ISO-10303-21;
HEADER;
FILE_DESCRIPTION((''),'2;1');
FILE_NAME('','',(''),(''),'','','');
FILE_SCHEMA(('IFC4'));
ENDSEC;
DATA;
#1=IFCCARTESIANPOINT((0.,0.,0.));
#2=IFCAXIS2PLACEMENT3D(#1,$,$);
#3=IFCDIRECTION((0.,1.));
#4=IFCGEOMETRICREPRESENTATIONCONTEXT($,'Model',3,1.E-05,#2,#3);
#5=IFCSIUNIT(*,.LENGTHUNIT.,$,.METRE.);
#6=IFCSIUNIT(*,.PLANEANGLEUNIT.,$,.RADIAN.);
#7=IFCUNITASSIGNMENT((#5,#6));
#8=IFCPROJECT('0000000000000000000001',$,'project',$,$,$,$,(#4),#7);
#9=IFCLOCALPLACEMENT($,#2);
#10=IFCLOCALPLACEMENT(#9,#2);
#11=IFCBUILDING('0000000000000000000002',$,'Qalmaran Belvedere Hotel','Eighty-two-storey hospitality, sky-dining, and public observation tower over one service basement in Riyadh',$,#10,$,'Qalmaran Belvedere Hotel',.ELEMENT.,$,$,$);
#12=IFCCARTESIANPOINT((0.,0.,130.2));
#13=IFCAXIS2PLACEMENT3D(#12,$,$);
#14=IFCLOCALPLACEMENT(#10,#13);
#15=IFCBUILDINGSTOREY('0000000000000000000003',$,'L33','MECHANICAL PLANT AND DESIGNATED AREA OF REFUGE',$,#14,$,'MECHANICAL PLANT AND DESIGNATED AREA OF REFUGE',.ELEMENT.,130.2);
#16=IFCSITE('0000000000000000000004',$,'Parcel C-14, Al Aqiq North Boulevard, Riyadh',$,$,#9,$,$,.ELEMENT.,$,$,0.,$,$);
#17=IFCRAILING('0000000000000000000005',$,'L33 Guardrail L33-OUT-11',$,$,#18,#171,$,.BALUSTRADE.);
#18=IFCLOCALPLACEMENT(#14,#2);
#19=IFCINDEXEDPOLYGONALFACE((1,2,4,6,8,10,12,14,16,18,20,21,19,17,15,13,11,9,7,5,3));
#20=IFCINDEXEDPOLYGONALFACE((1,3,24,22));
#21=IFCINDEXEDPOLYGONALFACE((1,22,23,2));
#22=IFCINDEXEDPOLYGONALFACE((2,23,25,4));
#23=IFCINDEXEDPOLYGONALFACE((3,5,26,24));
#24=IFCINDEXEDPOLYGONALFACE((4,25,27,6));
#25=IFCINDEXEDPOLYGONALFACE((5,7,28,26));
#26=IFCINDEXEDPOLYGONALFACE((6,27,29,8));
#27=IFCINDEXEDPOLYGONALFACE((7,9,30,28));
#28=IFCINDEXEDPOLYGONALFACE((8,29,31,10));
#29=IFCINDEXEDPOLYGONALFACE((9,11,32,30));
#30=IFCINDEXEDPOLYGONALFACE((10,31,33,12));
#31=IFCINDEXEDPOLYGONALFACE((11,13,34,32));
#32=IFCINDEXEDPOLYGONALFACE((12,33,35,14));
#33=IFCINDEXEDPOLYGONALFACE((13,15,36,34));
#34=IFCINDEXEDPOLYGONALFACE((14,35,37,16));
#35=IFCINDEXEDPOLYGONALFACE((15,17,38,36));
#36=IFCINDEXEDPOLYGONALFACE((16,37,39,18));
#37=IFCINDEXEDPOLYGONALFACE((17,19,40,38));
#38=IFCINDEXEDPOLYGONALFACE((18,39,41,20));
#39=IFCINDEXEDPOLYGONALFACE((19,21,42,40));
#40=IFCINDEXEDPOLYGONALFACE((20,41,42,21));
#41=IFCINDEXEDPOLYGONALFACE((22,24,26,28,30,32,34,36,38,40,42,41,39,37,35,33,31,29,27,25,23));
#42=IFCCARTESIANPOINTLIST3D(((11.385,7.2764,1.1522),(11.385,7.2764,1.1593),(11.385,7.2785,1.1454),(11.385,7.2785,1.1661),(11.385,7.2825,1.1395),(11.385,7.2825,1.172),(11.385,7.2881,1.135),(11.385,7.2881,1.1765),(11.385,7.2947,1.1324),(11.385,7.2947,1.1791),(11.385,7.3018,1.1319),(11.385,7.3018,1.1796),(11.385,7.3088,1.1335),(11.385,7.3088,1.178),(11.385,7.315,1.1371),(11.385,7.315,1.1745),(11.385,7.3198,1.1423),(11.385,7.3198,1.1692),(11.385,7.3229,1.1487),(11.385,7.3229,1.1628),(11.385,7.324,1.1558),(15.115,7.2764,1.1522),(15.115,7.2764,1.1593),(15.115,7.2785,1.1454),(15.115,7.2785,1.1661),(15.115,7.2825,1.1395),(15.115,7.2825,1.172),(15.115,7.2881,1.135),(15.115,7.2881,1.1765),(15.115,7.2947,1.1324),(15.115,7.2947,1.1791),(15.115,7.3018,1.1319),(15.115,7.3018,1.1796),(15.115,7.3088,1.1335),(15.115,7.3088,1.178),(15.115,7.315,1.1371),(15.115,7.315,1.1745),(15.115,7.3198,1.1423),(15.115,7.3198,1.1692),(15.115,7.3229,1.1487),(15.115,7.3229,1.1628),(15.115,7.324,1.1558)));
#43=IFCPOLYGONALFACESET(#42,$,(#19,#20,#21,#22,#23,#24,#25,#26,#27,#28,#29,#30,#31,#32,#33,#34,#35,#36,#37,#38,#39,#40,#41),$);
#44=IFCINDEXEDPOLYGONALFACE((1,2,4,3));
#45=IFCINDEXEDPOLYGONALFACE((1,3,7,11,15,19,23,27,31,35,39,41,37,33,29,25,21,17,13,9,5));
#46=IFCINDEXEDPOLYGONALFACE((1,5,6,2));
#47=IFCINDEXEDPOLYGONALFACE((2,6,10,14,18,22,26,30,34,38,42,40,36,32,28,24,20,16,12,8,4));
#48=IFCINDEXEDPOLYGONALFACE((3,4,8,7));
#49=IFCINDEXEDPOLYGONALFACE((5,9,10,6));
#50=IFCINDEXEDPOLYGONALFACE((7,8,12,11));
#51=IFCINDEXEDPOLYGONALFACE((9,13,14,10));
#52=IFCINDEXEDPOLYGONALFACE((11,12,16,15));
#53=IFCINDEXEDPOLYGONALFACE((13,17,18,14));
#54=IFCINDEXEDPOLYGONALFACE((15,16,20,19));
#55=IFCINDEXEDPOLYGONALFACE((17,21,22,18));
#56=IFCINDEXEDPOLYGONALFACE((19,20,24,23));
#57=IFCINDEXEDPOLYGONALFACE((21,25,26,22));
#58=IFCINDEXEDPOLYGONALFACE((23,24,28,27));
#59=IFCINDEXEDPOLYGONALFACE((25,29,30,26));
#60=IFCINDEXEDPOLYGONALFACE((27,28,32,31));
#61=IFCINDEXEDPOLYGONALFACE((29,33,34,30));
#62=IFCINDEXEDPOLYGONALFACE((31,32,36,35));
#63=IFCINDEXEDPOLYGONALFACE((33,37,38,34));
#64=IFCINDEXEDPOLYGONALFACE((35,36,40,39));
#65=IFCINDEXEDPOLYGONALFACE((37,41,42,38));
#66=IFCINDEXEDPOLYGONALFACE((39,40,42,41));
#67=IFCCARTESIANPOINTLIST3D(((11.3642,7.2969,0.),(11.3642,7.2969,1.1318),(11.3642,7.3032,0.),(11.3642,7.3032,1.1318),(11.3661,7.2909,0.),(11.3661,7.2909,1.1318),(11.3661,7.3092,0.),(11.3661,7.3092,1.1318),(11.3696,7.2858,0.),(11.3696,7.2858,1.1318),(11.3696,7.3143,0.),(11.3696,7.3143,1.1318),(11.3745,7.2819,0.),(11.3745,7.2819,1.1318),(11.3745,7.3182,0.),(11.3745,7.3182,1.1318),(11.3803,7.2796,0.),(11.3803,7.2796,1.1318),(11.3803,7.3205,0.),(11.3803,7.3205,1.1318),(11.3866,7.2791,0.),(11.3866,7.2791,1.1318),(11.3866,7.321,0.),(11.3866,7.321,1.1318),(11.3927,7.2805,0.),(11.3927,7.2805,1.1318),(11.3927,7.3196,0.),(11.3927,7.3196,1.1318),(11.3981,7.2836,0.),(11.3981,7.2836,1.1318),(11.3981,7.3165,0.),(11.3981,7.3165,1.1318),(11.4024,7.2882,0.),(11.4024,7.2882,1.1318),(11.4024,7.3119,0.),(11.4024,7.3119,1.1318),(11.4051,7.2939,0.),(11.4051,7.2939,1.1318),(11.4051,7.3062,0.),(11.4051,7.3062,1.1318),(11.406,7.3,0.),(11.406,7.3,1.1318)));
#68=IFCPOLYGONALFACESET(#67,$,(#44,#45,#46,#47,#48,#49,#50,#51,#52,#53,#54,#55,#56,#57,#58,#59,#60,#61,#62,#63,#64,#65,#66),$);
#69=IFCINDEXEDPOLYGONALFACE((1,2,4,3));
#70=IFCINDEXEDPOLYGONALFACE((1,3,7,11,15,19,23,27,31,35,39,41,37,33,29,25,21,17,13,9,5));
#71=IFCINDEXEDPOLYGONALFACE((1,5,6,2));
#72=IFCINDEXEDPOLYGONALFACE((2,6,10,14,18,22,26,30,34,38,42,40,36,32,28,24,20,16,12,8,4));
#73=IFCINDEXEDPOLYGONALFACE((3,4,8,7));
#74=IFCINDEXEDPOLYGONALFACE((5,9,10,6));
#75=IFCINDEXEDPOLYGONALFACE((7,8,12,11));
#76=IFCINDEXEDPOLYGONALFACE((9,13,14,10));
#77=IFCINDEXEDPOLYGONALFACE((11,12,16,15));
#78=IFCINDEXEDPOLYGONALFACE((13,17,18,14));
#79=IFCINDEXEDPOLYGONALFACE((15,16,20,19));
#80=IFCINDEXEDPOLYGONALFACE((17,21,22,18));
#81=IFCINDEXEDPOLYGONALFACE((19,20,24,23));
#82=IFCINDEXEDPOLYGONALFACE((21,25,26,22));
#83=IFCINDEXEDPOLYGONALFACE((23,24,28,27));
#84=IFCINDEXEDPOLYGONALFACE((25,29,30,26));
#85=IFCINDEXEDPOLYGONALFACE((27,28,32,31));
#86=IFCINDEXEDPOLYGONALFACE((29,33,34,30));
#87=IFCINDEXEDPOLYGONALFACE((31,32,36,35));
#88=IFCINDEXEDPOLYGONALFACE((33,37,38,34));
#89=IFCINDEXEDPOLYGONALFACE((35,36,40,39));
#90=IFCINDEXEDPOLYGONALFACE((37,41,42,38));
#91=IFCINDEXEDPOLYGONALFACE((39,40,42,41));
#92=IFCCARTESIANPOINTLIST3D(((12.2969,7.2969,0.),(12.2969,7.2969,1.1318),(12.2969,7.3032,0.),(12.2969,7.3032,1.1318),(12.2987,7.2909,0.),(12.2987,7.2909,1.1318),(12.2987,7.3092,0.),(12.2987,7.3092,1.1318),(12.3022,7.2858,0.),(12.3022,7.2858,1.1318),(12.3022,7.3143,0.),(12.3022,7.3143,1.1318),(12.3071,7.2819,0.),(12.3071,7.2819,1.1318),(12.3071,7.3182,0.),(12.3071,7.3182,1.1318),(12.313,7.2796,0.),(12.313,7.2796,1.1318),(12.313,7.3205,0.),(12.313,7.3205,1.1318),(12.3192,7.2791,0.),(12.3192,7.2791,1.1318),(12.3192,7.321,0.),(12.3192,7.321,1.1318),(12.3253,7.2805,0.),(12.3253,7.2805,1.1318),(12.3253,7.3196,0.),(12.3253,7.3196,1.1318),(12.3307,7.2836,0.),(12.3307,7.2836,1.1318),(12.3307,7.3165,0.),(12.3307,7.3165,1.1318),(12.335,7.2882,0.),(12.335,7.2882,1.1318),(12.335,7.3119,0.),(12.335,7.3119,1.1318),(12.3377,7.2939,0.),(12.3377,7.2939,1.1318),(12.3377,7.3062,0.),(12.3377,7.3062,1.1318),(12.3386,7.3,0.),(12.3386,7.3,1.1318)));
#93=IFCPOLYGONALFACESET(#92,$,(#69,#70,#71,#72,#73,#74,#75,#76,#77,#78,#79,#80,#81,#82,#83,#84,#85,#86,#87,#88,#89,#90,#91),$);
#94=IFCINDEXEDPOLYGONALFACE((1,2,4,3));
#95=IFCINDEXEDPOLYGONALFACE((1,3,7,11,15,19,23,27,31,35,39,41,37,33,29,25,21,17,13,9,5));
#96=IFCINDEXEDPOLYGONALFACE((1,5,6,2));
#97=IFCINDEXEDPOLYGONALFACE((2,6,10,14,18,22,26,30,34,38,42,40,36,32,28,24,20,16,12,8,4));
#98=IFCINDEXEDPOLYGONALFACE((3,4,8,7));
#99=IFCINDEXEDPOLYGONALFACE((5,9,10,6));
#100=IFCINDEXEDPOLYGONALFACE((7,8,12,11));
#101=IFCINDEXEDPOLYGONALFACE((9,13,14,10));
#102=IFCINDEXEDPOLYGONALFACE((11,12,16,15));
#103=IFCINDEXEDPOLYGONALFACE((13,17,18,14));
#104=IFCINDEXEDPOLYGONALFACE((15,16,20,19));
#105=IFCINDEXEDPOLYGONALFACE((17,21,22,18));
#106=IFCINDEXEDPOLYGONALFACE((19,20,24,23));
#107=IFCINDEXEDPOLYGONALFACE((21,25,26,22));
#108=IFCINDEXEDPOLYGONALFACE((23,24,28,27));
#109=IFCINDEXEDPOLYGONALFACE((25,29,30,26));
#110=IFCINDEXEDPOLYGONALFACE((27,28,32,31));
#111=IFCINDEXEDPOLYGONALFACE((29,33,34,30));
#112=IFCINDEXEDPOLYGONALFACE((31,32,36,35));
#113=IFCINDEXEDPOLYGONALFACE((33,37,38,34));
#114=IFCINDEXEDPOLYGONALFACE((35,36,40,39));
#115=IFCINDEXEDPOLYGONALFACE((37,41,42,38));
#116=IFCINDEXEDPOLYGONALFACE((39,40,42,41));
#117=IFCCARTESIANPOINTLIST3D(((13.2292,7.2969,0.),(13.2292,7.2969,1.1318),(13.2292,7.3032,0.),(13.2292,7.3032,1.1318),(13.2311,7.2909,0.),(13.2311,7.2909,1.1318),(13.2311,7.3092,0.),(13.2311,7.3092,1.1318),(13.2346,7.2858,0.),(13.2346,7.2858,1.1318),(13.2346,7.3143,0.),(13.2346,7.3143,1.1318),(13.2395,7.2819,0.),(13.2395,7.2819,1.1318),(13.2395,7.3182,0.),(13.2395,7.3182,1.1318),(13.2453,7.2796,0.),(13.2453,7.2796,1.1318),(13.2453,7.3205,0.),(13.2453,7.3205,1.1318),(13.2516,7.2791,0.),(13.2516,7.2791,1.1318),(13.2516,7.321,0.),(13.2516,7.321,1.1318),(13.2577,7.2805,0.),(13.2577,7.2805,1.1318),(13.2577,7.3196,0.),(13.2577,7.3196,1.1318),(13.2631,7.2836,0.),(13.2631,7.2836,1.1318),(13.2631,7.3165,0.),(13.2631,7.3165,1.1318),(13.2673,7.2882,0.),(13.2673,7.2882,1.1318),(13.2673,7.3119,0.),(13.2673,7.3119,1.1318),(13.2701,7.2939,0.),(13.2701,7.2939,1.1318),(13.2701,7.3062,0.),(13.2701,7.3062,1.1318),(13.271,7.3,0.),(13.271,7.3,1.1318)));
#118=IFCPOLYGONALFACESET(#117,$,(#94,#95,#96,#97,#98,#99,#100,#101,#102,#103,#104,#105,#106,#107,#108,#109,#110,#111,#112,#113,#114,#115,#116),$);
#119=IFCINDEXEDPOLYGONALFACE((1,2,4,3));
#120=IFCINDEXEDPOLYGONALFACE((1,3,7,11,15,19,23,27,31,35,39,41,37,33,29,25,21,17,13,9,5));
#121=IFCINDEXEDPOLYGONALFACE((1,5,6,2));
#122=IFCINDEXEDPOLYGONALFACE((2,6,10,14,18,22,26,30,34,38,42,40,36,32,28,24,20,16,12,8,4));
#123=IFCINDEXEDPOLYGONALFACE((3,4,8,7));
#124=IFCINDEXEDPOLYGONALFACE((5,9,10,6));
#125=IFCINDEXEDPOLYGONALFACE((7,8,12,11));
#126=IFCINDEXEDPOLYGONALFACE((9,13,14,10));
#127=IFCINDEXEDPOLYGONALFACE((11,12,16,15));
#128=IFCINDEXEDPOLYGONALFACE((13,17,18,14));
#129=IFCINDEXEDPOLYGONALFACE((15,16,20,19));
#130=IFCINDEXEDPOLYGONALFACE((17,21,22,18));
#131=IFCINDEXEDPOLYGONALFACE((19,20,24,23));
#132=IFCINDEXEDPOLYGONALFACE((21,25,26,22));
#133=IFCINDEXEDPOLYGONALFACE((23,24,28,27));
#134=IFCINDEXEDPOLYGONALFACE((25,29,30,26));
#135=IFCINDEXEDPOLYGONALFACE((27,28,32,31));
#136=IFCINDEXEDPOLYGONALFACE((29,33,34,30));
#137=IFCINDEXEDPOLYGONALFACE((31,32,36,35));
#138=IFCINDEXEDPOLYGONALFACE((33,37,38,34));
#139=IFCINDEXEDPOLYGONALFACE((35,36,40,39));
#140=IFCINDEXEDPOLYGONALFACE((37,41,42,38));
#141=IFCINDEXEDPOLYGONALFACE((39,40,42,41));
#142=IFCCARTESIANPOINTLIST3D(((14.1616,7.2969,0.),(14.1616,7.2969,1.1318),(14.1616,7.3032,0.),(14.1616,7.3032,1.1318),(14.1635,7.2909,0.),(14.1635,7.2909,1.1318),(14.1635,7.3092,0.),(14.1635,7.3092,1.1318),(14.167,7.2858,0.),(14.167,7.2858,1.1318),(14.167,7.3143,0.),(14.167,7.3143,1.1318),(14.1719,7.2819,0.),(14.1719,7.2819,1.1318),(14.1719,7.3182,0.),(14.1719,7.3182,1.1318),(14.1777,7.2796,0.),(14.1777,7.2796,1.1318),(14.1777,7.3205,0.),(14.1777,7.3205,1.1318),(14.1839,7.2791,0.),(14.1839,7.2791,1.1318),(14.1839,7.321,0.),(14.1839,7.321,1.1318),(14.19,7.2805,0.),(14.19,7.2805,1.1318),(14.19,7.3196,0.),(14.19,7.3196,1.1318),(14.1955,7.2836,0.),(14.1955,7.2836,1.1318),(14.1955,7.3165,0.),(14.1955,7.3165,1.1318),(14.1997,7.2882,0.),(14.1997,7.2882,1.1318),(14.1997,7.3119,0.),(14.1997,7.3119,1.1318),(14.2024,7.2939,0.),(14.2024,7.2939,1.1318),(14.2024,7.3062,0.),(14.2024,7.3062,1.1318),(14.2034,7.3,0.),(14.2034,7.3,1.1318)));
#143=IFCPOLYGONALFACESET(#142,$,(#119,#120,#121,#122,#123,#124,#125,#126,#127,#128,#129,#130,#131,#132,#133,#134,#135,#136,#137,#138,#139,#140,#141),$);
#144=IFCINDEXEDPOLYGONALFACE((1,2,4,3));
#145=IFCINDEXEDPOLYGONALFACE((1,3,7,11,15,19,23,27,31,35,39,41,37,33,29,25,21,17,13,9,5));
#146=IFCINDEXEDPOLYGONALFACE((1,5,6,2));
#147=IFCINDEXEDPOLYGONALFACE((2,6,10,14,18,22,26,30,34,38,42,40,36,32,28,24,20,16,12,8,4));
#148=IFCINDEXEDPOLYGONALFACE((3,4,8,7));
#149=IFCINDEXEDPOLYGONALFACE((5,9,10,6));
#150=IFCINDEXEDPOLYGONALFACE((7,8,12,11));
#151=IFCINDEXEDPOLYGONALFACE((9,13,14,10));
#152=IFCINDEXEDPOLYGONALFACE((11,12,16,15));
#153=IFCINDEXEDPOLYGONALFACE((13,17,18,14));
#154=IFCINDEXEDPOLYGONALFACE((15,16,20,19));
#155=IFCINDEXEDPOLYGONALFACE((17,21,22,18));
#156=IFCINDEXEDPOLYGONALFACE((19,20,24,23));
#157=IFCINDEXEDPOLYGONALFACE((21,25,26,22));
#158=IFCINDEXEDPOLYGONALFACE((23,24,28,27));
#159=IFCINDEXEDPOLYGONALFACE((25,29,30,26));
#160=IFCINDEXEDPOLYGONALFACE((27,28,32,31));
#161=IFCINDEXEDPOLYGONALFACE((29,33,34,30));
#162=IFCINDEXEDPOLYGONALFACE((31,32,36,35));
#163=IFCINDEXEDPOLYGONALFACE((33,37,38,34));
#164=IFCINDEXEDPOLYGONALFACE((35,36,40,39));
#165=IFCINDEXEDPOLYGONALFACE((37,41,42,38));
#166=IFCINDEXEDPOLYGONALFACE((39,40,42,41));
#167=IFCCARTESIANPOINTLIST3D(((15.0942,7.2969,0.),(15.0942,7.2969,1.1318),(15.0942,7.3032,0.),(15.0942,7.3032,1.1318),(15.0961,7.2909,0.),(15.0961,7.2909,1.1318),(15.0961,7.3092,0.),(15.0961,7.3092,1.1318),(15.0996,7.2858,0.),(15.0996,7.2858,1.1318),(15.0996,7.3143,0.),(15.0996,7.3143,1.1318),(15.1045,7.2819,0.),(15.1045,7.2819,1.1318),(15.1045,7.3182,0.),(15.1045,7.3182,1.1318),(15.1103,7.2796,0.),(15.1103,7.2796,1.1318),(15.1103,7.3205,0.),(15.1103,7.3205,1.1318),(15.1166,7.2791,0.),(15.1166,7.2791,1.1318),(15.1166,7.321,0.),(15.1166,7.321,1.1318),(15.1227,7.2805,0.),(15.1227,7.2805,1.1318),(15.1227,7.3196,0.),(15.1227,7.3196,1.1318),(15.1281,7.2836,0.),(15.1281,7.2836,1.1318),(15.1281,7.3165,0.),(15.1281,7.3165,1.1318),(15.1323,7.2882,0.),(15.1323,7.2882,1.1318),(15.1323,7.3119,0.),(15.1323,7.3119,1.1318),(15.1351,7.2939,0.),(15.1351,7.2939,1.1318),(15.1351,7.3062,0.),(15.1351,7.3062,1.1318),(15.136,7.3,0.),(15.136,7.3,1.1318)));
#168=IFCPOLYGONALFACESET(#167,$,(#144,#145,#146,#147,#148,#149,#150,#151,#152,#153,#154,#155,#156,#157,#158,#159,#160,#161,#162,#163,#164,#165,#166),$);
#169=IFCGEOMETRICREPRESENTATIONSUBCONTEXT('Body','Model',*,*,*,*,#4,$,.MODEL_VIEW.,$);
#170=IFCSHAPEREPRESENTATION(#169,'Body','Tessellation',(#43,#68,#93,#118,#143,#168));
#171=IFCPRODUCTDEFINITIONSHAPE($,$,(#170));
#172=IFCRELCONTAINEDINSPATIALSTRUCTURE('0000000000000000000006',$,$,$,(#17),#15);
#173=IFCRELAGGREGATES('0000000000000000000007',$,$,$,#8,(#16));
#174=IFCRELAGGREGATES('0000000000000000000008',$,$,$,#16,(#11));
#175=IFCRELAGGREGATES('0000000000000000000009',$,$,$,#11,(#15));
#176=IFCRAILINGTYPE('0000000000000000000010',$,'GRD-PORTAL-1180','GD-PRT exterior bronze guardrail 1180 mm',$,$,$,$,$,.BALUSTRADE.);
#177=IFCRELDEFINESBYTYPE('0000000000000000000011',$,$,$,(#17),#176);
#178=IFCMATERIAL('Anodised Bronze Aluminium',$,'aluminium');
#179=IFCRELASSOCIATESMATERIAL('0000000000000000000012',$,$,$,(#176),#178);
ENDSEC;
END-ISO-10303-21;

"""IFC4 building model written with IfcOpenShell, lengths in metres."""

from ifc_helpers import new_model, si_unit, direction, frame, origin, origin_2d, place, context, subcontext, project, spatial, circle, extrude, material, type_object, element, save


model = new_model("IFC4")

# Units and contexts
model_context = context("Model", 3, precision=1e-05, world=origin(), true_north=direction((0.0, 1.0)))
body_context = subcontext(model_context, "Body", "Model", "MODEL_VIEW")
ifc_project = project(units=[si_unit("LENGTHUNIT", "METRE"), si_unit("PLANEANGLEUNIT", "RADIAN")], contexts=[model_context])

# Site, building, storey
site_placement = place(None, origin())
site = spatial("IfcSite", under=ifc_project, at=site_placement, Name="Parcel C-14, Al Aqiq North Boulevard, Riyadh", CompositionType="ELEMENT", RefElevation=0.0)
building_placement = place(site_placement, origin())
building = spatial("IfcBuilding", under=site, at=building_placement, Name="Qalmaran Belvedere Hotel", Description="Eighty-two-storey hospitality, sky-dining, and public observation tower over one service basement in Riyadh", LongName="Qalmaran Belvedere Hotel", CompositionType="ELEMENT")
storey_placement = place(building_placement, frame((0.0, 0.0, 130.2)))
storey = spatial("IfcBuildingStorey", under=building, at=storey_placement, Name="L33", Description="MECHANICAL PLANT AND DESIGNATED AREA OF REFUGE", LongName="MECHANICAL PLANT AND DESIGNATED AREA OF REFUGE", CompositionType="ELEMENT", Elevation=130.2)

# Railing
ifc_material_1 = material(Name="Anodised Bronze Aluminium", Category="aluminium")
railing_type = type_object("IfcRailingType", Name="GRD-PORTAL-1180", Description="GD-PRT exterior bronze guardrail 1180 mm", PredefinedType="BALUSTRADE", material=ifc_material_1)
railing_1_placement = place(storey_placement, frame((11.385, 7.3, 0.0)))
element("IfcRailing", 1, at=railing_1_placement, inside=storey, type_object=railing_type, Name="L33 Guardrail L33-OUT-11", PredefinedType="BALUSTRADE", context=body_context, shape_type="SweptSolid", body=[
    extrude(circle(Radius=0.0239, at=origin_2d()), frame((0.0, 0.0, 1.1558), z_axis=(1.0, 0.0, 0.0), x_axis=(0.0, 1.0, 0.0)), (0.0, 0.0, 1.0), 3.73),
    extrude(circle(Radius=0.021, at=origin_2d()), origin(), (0.0, 0.0, 1.0), 1.1318),
    extrude(circle(Radius=0.021, at=origin_2d()), frame((0.9326, 0.0, 0.0)), (0.0, 0.0, 1.0), 1.1318),
    extrude(circle(Radius=0.021, at=origin_2d()), frame((1.865, 0.0, 0.0)), (0.0, 0.0, 1.0), 1.1318),
    extrude(circle(Radius=0.021, at=origin_2d()), frame((2.7974, 0.0, 0.0)), (0.0, 0.0, 1.0), 1.1318),
    extrude(circle(Radius=0.021, at=origin_2d()), frame((3.73, 0.0, 0.0)), (0.0, 0.0, 1.0), 1.1318),
])

save(model, "model.ifc")
